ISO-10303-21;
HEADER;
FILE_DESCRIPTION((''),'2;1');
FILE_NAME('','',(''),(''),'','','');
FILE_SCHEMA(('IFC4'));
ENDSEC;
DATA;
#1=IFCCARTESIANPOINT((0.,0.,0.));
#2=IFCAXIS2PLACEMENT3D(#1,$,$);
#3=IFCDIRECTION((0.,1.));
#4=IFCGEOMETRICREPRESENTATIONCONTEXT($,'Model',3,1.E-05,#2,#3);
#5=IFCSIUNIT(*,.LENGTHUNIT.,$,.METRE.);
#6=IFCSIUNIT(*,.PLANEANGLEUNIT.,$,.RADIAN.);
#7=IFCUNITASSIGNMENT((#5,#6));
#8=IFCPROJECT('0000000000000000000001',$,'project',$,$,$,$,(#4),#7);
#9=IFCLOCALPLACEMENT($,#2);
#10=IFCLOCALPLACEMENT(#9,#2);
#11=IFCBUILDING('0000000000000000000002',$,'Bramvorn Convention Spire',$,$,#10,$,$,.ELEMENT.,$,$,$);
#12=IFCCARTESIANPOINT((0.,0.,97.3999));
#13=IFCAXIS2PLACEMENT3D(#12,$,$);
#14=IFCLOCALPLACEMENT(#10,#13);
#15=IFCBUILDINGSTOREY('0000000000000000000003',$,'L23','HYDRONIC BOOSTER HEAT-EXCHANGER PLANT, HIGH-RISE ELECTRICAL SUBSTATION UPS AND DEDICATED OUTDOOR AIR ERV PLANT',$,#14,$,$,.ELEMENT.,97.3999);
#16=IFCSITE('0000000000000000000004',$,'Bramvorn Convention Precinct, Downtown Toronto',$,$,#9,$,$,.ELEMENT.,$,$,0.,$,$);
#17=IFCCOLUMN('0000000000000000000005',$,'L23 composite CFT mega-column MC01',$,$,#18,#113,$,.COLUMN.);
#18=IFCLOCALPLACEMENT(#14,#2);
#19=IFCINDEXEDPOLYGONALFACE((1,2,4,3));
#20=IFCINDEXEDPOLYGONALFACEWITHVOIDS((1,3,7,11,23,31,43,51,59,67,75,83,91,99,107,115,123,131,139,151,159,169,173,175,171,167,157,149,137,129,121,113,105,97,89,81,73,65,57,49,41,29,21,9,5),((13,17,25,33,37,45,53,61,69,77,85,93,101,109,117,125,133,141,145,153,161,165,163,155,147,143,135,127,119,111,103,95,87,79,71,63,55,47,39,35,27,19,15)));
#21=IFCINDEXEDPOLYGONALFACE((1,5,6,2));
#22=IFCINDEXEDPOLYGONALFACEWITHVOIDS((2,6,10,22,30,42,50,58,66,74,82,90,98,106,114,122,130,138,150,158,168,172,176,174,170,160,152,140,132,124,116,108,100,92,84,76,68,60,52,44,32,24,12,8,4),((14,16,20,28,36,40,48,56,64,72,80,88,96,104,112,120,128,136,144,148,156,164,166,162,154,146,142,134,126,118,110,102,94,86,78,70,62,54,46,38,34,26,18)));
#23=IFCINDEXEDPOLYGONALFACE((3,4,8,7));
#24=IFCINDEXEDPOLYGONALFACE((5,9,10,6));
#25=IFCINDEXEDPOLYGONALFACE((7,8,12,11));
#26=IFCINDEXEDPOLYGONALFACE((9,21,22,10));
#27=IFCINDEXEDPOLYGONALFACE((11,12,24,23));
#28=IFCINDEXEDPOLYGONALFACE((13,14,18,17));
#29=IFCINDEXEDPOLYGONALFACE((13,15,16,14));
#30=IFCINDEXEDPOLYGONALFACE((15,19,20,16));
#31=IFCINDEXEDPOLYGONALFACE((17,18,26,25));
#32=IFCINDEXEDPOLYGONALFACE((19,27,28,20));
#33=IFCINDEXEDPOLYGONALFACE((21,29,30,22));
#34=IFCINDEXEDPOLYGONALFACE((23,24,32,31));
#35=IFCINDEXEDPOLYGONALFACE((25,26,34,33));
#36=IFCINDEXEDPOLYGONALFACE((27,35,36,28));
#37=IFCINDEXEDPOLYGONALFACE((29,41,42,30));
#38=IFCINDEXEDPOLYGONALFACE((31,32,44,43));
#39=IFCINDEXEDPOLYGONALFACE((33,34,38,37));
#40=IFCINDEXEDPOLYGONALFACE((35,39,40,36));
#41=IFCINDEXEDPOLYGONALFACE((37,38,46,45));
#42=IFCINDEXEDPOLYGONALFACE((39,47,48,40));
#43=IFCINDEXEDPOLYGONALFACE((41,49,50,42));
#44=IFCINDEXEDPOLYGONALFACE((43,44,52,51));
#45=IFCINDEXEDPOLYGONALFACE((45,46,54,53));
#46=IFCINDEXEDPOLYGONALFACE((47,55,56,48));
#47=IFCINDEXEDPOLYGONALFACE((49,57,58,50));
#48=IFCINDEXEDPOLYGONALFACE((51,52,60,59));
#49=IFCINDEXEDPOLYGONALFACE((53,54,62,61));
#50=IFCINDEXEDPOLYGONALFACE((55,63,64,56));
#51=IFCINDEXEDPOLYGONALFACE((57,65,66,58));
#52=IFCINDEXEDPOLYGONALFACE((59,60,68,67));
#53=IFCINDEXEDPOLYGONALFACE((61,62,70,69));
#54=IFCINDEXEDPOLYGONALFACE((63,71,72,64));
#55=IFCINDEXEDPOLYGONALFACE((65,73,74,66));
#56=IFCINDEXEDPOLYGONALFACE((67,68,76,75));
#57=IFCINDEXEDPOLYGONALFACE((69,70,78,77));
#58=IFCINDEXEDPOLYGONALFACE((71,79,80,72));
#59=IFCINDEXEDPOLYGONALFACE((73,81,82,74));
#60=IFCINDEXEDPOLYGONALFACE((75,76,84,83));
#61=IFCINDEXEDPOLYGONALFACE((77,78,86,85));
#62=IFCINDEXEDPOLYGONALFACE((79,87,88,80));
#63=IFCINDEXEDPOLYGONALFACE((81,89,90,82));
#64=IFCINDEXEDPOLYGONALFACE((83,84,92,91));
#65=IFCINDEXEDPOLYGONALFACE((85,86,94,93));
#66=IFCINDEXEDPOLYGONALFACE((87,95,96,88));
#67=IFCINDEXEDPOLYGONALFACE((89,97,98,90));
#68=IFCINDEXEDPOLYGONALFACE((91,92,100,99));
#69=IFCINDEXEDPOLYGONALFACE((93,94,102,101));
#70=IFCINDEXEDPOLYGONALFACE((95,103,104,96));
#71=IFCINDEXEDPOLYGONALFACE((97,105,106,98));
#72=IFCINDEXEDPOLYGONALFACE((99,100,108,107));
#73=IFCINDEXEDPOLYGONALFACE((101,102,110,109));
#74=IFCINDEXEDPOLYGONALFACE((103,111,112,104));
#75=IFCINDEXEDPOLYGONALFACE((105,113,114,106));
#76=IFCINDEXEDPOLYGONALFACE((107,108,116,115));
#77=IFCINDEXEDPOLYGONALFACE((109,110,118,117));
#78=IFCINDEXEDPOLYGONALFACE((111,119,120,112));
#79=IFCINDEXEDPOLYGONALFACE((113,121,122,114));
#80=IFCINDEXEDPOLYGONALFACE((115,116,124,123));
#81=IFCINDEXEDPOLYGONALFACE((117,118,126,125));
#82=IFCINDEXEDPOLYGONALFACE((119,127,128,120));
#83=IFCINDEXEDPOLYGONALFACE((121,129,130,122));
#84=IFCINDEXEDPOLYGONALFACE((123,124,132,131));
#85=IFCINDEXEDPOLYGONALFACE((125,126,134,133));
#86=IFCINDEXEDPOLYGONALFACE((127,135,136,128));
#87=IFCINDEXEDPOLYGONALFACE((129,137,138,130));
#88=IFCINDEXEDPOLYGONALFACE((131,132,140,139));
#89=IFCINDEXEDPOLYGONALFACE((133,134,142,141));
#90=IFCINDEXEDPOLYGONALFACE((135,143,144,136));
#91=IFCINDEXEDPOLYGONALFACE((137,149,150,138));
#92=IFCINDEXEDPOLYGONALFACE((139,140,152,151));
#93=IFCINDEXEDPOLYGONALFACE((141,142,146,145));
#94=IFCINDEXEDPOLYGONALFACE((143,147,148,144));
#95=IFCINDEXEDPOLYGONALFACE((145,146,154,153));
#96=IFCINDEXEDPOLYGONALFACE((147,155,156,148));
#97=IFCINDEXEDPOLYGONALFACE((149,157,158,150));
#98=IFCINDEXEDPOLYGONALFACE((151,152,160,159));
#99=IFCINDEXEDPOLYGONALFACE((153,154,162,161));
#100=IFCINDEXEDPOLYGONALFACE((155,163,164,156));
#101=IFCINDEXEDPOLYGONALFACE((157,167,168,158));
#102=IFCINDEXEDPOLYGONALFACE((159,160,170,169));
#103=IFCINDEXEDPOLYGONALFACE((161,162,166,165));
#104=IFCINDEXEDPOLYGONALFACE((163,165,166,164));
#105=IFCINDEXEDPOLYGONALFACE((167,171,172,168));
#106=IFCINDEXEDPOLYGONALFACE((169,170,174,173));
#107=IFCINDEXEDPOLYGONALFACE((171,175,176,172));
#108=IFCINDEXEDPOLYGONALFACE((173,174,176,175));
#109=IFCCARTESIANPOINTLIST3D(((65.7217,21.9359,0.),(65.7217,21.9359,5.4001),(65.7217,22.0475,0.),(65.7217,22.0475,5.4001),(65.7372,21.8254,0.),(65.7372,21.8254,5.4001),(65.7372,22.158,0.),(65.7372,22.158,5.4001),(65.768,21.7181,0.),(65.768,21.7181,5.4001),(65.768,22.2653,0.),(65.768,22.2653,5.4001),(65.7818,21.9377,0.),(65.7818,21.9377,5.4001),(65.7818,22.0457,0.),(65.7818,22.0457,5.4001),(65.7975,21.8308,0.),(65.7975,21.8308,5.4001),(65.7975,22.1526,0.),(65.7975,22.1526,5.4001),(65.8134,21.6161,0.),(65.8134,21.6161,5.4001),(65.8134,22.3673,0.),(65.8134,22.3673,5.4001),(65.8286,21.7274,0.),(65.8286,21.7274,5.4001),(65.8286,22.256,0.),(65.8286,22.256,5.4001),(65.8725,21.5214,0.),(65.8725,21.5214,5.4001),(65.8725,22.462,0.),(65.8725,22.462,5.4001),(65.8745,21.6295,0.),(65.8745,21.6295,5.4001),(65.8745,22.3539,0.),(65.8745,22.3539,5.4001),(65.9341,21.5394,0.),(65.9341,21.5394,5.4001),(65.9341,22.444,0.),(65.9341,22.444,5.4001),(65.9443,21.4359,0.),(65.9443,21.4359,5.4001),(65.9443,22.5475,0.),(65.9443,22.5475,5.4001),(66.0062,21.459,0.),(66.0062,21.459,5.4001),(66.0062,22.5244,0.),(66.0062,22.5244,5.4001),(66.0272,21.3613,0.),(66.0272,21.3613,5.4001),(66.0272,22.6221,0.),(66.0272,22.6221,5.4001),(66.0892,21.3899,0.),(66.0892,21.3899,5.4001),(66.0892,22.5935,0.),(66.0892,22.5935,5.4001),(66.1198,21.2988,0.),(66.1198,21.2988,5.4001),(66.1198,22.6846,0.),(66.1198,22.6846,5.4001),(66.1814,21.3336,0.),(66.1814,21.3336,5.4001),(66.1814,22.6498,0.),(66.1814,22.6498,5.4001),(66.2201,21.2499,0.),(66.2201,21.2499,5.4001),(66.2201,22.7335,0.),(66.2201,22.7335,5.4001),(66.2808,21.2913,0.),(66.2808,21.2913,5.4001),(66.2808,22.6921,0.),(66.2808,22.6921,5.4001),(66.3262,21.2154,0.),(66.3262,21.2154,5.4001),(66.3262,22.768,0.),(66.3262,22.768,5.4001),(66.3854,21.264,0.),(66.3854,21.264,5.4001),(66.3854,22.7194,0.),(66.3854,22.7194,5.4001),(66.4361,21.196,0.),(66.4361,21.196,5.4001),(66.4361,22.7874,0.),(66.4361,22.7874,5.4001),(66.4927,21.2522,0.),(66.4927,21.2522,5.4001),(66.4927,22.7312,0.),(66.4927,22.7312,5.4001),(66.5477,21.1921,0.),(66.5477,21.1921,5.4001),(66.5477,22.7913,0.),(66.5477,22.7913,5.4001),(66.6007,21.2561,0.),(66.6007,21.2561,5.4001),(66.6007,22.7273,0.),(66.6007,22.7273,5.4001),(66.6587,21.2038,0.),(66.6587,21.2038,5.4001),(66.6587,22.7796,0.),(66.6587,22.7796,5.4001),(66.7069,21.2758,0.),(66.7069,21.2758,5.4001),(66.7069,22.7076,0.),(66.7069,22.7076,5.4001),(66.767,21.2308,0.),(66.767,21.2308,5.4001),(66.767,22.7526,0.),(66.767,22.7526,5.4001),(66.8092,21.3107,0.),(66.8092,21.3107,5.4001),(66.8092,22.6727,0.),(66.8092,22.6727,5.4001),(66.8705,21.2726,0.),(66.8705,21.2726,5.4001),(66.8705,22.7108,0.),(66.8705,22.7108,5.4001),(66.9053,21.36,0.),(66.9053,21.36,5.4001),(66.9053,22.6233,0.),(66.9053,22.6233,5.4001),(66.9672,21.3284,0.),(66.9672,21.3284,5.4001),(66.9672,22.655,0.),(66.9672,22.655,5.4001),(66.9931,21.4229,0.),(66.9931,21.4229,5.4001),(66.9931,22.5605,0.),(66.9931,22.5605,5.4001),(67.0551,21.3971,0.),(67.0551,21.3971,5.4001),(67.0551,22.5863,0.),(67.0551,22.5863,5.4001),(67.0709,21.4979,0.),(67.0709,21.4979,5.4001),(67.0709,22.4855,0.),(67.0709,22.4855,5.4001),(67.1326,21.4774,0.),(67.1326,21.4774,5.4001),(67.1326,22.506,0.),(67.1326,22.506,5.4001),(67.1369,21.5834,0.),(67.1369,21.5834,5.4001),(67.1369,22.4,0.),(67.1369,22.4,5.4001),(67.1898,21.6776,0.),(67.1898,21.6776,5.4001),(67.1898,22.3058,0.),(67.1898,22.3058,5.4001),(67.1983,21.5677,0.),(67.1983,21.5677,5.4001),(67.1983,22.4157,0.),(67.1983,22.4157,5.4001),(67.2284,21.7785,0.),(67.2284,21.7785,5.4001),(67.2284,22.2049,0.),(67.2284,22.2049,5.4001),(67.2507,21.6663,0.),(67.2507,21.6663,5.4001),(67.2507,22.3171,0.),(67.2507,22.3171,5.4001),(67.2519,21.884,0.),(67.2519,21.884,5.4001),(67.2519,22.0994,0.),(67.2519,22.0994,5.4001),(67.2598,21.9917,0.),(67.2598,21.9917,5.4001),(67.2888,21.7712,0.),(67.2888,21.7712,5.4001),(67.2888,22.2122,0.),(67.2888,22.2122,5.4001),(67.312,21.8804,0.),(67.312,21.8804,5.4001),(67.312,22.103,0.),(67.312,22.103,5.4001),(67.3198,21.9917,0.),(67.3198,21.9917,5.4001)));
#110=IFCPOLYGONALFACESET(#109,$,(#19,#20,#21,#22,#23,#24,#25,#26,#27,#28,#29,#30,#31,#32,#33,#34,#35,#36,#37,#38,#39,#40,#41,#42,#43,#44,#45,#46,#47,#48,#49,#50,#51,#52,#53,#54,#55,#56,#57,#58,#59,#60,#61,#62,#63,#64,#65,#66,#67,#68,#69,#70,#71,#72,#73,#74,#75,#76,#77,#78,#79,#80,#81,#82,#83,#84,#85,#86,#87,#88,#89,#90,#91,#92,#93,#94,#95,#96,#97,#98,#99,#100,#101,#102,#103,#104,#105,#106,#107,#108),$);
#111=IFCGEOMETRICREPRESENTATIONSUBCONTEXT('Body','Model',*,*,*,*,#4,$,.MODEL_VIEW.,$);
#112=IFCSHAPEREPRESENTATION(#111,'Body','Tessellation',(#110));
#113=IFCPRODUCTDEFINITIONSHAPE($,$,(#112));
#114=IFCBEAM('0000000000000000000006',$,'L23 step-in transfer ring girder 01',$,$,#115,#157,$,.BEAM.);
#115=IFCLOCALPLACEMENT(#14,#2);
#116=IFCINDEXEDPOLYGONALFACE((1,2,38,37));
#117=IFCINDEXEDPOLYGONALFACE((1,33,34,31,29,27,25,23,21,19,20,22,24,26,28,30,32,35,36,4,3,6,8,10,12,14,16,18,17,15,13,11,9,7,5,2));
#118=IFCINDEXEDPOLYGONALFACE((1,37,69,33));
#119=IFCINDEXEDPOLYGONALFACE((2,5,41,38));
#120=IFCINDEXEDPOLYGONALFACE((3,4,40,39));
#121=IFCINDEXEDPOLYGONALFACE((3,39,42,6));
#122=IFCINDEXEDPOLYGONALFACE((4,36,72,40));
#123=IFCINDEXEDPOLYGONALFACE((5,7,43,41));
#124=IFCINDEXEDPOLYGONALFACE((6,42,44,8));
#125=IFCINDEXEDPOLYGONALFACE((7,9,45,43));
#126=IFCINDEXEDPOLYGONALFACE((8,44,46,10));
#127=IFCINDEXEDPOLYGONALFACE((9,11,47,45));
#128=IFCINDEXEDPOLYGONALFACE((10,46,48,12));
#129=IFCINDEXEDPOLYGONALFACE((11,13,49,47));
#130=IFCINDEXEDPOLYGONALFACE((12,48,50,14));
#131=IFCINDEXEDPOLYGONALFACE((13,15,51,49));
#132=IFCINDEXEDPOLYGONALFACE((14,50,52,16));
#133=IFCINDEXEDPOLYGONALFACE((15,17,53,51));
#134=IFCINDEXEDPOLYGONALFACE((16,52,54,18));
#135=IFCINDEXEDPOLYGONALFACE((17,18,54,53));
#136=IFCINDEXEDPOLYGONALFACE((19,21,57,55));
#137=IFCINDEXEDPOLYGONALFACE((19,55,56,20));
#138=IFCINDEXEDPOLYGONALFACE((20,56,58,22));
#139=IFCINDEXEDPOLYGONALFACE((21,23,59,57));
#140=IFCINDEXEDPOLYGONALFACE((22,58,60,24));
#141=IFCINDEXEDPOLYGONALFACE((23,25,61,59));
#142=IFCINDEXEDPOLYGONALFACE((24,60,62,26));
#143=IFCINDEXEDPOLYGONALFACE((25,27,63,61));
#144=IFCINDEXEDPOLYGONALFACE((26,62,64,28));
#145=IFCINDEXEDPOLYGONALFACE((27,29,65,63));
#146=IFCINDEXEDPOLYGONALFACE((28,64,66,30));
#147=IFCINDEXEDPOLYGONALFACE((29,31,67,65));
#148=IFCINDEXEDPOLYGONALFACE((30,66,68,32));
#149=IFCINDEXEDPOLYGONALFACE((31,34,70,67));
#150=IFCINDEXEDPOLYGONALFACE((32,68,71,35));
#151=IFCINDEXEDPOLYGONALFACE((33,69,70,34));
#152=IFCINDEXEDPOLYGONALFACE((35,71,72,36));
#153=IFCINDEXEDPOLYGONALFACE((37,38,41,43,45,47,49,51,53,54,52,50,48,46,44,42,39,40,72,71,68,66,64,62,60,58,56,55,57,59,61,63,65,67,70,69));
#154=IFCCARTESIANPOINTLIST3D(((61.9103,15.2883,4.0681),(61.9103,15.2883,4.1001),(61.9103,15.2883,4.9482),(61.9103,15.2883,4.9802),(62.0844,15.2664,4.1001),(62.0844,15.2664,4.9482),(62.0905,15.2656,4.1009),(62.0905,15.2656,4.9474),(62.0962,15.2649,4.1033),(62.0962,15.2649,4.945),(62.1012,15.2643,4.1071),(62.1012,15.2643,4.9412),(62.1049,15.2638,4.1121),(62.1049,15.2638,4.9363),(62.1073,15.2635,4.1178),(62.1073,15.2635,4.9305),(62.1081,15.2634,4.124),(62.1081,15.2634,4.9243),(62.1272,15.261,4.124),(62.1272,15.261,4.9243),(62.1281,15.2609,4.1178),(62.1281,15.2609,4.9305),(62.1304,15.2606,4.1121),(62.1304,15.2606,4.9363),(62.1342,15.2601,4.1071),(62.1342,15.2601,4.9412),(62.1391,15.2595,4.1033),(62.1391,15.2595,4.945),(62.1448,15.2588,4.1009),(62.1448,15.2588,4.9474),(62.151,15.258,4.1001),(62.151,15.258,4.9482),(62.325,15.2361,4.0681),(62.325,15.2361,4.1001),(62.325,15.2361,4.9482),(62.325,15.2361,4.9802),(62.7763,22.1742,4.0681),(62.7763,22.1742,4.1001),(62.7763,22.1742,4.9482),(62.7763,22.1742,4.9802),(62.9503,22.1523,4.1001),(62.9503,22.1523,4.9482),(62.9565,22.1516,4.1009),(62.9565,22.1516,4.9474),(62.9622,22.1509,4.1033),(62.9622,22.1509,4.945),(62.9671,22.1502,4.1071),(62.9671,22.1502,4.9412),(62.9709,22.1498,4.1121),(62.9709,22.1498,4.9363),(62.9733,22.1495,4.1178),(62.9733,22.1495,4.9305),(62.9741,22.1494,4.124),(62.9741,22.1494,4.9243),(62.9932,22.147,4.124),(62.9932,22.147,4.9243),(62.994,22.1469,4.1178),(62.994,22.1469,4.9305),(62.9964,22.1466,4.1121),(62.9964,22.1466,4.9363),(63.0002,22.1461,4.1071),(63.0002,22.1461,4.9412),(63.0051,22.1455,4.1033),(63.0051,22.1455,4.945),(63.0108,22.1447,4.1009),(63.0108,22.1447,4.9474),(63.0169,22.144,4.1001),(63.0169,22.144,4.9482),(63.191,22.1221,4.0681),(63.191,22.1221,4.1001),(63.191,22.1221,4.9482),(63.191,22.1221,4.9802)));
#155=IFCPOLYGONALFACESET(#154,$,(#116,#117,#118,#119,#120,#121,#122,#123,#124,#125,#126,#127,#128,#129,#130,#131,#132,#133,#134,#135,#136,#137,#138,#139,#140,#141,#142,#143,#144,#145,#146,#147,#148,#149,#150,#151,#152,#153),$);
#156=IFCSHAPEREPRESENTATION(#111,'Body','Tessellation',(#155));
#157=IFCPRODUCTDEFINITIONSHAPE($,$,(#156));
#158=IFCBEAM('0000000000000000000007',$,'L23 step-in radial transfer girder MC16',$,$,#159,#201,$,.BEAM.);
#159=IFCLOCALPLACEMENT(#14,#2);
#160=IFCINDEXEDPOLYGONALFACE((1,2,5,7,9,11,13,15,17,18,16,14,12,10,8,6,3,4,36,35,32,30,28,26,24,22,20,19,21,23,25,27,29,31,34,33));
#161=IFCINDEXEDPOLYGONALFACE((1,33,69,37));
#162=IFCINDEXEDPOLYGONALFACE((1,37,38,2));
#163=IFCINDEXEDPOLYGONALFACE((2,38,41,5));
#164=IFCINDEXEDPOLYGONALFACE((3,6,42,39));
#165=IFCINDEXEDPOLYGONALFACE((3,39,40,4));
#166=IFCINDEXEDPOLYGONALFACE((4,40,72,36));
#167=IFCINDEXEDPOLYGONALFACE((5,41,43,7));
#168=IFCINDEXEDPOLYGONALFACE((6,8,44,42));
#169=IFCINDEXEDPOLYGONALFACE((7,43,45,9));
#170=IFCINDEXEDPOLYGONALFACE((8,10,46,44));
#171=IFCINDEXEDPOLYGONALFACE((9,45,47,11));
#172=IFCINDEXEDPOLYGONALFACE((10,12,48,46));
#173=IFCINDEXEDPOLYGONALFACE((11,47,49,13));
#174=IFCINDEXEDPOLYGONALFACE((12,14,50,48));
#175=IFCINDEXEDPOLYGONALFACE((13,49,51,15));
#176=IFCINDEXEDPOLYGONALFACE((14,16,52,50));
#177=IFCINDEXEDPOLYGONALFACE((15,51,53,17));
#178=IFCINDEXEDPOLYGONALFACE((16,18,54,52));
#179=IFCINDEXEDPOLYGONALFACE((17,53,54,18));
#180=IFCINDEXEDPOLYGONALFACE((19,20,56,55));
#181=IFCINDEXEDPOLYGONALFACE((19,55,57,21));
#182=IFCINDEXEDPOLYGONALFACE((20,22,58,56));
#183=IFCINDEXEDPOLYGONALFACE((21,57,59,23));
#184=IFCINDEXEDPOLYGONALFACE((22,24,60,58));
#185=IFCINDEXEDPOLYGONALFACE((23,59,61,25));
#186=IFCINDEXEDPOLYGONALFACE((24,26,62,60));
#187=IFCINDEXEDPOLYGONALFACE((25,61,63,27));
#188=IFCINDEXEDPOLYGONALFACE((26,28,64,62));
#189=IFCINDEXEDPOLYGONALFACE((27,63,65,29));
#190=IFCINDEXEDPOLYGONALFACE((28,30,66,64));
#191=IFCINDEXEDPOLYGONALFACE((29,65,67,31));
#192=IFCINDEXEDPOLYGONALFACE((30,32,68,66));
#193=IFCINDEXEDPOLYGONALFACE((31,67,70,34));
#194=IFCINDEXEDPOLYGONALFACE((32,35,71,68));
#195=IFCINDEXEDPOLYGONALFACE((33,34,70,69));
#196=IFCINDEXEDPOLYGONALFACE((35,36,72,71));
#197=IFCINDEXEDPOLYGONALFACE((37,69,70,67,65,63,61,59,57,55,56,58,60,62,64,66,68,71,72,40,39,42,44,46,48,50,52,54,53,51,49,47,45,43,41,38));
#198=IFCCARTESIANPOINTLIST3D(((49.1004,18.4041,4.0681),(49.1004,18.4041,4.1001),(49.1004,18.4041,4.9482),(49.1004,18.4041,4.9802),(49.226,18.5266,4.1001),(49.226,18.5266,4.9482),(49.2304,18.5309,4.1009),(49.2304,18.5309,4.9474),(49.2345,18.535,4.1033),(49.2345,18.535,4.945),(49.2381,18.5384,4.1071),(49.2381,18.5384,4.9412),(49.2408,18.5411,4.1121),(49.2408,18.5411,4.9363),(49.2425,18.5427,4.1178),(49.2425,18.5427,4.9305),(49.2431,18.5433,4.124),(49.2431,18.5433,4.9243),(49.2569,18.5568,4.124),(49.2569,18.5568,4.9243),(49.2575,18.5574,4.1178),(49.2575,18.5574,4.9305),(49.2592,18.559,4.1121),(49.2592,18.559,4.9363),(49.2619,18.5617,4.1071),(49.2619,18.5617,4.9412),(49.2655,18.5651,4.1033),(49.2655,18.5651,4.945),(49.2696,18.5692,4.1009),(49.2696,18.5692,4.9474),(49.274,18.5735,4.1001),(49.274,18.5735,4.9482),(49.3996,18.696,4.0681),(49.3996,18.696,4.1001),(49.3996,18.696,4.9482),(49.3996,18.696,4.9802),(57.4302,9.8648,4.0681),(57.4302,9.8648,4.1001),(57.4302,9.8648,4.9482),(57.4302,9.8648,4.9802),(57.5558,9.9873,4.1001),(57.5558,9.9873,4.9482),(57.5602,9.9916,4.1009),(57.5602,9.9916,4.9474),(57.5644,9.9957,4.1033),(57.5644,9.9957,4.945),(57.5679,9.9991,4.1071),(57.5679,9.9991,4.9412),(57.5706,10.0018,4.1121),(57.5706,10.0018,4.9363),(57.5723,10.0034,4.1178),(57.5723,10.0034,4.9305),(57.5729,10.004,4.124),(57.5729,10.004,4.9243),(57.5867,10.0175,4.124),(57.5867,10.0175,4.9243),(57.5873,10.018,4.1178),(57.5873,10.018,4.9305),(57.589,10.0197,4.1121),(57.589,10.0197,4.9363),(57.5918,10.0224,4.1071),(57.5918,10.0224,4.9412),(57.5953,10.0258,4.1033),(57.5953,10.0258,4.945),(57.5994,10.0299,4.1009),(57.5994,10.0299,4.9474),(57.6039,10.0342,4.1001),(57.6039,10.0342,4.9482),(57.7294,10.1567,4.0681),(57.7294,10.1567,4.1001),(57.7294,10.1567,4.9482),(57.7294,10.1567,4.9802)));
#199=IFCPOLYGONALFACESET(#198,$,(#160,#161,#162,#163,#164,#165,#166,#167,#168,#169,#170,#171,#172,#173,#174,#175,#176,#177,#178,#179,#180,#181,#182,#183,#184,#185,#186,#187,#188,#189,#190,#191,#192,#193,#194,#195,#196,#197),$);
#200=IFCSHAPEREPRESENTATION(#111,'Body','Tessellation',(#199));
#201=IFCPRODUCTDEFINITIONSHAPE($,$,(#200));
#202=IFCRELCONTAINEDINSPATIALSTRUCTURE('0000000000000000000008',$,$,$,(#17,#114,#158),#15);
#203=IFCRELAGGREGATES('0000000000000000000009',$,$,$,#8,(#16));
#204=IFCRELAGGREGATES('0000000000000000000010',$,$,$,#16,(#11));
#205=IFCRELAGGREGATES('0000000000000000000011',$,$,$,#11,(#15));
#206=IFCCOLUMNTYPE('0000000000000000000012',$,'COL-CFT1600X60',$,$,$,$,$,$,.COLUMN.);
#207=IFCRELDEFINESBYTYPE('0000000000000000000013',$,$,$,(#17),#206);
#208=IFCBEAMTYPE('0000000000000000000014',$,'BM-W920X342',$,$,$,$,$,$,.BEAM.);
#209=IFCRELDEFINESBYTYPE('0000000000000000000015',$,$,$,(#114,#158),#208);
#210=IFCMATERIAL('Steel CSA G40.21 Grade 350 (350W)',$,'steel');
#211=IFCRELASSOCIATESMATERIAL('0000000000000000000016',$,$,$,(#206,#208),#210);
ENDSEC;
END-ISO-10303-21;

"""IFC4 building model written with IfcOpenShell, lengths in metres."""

from ifc_helpers import new_model, si_unit, direction, frame, origin, origin_2d, place, context, subcontext, project, spatial, hollow_circle, i_section, extrude, material, material_profile, profile_set, type_object, element, save


model = new_model("IFC4")

# Units and contexts
model_context = context("Model", 3, precision=1e-05, world=origin(), true_north=direction((0.0, 1.0)))
body_context = subcontext(model_context, "Body", "Model", "MODEL_VIEW")
ifc_project = project(units=[si_unit("LENGTHUNIT", "METRE"), si_unit("PLANEANGLEUNIT", "RADIAN")], contexts=[model_context])

# Site, building, storey
site_placement = place(None, origin())
site = spatial("IfcSite", under=ifc_project, at=site_placement, Name="Bramvorn Convention Precinct, Downtown Toronto", CompositionType="ELEMENT", RefElevation=0.0)
building_placement = place(site_placement, origin())
building = spatial("IfcBuilding", under=site, at=building_placement, Name="Bramvorn Convention Spire", CompositionType="ELEMENT")
storey_placement = place(building_placement, frame((0.0, 0.0, 97.3999)))
storey = spatial("IfcBuildingStorey", under=building, at=storey_placement, Name="L23", Description="HYDRONIC BOOSTER HEAT-EXCHANGER PLANT, HIGH-RISE ELECTRICAL SUBSTATION UPS AND DEDICATED OUTDOOR AIR ERV PLANT", CompositionType="ELEMENT", Elevation=97.3999)

# Column
ifc_material_1 = material(Name="Steel CSA G40.21 Grade 350 (350W)", Category="steel")
ifc_material_profile_1 = material_profile(ifc_material_1, hollow_circle(Radius=0.8, WallThickness=0.0601, at=origin_2d()))
ifc_profile_set_1 = profile_set([ifc_material_profile_1], Name="Steel CSA G40.21 Grade 350 (350W) - CFT1600X60")
column_type = type_object("IfcColumnType", Name="COL-CFT1600X60", PredefinedType="COLUMN", material=ifc_profile_set_1)
column_placement = place(storey_placement, frame((66.5198, 21.9917, 0.0), z_axis=(0.0, 0.0, 1.0), x_axis=(1.0, 0.0, 0.0)))
element("IfcColumn", 1, at=column_placement, inside=storey, type_object=column_type, Name="L23 composite CFT mega-column MC01", PredefinedType="COLUMN", context=body_context, shape_type="SweptSolid", body=[
    extrude(hollow_circle(Radius=0.8, WallThickness=0.0601, at=origin_2d()), origin(), (0.0, 0.0, 1.0), 5.4001),
])

# Beams
ifc_material_profile_2 = material_profile(ifc_material_1, i_section(OverallWidth=0.418, OverallDepth=0.9121, WebThickness=0.0193, FlangeThickness=0.032, FilletRadius=0.0239, at=origin_2d()))
ifc_profile_set_2 = profile_set([ifc_material_profile_2], Name="Steel CSA G40.21 Grade 350 (350W) - W920X342")
beam_type = type_object("IfcBeamType", Name="BM-W920X342", PredefinedType="BEAM", material=ifc_profile_set_2)
beam_1_placement = place(storey_placement, frame((62.1177, 15.2622, 4.5242), z_axis=(0.124775, 0.992185, 0.0), x_axis=(-0.992185, 0.124775, 0.0)))
element("IfcBeam", 2, at=beam_1_placement, inside=storey, type_object=beam_type, Name="L23 step-in transfer ring girder 01", PredefinedType="BEAM", context=body_context, shape_type="SweptSolid", body=[
    extrude(i_section(OverallWidth=0.418, OverallDepth=0.9121, WebThickness=0.0193, FlangeThickness=0.032, FilletRadius=0.0239, at=origin_2d()), origin(), (0.0, 0.0, 1.0), 6.9402),
])
beam_2_placement = place(storey_placement, frame((49.25, 18.55, 4.5242), z_axis=(0.698272, -0.715832, 0.0), x_axis=(0.715832, 0.698272, 0.0)))
element("IfcBeam", 3, at=beam_2_placement, inside=storey, type_object=beam_type, Name="L23 step-in radial transfer girder MC16", PredefinedType="BEAM", context=body_context, shape_type="SweptSolid", body=[
    extrude(i_section(OverallWidth=0.418, OverallDepth=0.9121, WebThickness=0.0193, FlangeThickness=0.032, FilletRadius=0.0239, at=origin_2d()), origin(), (0.0, 0.0, 1.0), 11.9292),
])

save(model, "model.ifc")
